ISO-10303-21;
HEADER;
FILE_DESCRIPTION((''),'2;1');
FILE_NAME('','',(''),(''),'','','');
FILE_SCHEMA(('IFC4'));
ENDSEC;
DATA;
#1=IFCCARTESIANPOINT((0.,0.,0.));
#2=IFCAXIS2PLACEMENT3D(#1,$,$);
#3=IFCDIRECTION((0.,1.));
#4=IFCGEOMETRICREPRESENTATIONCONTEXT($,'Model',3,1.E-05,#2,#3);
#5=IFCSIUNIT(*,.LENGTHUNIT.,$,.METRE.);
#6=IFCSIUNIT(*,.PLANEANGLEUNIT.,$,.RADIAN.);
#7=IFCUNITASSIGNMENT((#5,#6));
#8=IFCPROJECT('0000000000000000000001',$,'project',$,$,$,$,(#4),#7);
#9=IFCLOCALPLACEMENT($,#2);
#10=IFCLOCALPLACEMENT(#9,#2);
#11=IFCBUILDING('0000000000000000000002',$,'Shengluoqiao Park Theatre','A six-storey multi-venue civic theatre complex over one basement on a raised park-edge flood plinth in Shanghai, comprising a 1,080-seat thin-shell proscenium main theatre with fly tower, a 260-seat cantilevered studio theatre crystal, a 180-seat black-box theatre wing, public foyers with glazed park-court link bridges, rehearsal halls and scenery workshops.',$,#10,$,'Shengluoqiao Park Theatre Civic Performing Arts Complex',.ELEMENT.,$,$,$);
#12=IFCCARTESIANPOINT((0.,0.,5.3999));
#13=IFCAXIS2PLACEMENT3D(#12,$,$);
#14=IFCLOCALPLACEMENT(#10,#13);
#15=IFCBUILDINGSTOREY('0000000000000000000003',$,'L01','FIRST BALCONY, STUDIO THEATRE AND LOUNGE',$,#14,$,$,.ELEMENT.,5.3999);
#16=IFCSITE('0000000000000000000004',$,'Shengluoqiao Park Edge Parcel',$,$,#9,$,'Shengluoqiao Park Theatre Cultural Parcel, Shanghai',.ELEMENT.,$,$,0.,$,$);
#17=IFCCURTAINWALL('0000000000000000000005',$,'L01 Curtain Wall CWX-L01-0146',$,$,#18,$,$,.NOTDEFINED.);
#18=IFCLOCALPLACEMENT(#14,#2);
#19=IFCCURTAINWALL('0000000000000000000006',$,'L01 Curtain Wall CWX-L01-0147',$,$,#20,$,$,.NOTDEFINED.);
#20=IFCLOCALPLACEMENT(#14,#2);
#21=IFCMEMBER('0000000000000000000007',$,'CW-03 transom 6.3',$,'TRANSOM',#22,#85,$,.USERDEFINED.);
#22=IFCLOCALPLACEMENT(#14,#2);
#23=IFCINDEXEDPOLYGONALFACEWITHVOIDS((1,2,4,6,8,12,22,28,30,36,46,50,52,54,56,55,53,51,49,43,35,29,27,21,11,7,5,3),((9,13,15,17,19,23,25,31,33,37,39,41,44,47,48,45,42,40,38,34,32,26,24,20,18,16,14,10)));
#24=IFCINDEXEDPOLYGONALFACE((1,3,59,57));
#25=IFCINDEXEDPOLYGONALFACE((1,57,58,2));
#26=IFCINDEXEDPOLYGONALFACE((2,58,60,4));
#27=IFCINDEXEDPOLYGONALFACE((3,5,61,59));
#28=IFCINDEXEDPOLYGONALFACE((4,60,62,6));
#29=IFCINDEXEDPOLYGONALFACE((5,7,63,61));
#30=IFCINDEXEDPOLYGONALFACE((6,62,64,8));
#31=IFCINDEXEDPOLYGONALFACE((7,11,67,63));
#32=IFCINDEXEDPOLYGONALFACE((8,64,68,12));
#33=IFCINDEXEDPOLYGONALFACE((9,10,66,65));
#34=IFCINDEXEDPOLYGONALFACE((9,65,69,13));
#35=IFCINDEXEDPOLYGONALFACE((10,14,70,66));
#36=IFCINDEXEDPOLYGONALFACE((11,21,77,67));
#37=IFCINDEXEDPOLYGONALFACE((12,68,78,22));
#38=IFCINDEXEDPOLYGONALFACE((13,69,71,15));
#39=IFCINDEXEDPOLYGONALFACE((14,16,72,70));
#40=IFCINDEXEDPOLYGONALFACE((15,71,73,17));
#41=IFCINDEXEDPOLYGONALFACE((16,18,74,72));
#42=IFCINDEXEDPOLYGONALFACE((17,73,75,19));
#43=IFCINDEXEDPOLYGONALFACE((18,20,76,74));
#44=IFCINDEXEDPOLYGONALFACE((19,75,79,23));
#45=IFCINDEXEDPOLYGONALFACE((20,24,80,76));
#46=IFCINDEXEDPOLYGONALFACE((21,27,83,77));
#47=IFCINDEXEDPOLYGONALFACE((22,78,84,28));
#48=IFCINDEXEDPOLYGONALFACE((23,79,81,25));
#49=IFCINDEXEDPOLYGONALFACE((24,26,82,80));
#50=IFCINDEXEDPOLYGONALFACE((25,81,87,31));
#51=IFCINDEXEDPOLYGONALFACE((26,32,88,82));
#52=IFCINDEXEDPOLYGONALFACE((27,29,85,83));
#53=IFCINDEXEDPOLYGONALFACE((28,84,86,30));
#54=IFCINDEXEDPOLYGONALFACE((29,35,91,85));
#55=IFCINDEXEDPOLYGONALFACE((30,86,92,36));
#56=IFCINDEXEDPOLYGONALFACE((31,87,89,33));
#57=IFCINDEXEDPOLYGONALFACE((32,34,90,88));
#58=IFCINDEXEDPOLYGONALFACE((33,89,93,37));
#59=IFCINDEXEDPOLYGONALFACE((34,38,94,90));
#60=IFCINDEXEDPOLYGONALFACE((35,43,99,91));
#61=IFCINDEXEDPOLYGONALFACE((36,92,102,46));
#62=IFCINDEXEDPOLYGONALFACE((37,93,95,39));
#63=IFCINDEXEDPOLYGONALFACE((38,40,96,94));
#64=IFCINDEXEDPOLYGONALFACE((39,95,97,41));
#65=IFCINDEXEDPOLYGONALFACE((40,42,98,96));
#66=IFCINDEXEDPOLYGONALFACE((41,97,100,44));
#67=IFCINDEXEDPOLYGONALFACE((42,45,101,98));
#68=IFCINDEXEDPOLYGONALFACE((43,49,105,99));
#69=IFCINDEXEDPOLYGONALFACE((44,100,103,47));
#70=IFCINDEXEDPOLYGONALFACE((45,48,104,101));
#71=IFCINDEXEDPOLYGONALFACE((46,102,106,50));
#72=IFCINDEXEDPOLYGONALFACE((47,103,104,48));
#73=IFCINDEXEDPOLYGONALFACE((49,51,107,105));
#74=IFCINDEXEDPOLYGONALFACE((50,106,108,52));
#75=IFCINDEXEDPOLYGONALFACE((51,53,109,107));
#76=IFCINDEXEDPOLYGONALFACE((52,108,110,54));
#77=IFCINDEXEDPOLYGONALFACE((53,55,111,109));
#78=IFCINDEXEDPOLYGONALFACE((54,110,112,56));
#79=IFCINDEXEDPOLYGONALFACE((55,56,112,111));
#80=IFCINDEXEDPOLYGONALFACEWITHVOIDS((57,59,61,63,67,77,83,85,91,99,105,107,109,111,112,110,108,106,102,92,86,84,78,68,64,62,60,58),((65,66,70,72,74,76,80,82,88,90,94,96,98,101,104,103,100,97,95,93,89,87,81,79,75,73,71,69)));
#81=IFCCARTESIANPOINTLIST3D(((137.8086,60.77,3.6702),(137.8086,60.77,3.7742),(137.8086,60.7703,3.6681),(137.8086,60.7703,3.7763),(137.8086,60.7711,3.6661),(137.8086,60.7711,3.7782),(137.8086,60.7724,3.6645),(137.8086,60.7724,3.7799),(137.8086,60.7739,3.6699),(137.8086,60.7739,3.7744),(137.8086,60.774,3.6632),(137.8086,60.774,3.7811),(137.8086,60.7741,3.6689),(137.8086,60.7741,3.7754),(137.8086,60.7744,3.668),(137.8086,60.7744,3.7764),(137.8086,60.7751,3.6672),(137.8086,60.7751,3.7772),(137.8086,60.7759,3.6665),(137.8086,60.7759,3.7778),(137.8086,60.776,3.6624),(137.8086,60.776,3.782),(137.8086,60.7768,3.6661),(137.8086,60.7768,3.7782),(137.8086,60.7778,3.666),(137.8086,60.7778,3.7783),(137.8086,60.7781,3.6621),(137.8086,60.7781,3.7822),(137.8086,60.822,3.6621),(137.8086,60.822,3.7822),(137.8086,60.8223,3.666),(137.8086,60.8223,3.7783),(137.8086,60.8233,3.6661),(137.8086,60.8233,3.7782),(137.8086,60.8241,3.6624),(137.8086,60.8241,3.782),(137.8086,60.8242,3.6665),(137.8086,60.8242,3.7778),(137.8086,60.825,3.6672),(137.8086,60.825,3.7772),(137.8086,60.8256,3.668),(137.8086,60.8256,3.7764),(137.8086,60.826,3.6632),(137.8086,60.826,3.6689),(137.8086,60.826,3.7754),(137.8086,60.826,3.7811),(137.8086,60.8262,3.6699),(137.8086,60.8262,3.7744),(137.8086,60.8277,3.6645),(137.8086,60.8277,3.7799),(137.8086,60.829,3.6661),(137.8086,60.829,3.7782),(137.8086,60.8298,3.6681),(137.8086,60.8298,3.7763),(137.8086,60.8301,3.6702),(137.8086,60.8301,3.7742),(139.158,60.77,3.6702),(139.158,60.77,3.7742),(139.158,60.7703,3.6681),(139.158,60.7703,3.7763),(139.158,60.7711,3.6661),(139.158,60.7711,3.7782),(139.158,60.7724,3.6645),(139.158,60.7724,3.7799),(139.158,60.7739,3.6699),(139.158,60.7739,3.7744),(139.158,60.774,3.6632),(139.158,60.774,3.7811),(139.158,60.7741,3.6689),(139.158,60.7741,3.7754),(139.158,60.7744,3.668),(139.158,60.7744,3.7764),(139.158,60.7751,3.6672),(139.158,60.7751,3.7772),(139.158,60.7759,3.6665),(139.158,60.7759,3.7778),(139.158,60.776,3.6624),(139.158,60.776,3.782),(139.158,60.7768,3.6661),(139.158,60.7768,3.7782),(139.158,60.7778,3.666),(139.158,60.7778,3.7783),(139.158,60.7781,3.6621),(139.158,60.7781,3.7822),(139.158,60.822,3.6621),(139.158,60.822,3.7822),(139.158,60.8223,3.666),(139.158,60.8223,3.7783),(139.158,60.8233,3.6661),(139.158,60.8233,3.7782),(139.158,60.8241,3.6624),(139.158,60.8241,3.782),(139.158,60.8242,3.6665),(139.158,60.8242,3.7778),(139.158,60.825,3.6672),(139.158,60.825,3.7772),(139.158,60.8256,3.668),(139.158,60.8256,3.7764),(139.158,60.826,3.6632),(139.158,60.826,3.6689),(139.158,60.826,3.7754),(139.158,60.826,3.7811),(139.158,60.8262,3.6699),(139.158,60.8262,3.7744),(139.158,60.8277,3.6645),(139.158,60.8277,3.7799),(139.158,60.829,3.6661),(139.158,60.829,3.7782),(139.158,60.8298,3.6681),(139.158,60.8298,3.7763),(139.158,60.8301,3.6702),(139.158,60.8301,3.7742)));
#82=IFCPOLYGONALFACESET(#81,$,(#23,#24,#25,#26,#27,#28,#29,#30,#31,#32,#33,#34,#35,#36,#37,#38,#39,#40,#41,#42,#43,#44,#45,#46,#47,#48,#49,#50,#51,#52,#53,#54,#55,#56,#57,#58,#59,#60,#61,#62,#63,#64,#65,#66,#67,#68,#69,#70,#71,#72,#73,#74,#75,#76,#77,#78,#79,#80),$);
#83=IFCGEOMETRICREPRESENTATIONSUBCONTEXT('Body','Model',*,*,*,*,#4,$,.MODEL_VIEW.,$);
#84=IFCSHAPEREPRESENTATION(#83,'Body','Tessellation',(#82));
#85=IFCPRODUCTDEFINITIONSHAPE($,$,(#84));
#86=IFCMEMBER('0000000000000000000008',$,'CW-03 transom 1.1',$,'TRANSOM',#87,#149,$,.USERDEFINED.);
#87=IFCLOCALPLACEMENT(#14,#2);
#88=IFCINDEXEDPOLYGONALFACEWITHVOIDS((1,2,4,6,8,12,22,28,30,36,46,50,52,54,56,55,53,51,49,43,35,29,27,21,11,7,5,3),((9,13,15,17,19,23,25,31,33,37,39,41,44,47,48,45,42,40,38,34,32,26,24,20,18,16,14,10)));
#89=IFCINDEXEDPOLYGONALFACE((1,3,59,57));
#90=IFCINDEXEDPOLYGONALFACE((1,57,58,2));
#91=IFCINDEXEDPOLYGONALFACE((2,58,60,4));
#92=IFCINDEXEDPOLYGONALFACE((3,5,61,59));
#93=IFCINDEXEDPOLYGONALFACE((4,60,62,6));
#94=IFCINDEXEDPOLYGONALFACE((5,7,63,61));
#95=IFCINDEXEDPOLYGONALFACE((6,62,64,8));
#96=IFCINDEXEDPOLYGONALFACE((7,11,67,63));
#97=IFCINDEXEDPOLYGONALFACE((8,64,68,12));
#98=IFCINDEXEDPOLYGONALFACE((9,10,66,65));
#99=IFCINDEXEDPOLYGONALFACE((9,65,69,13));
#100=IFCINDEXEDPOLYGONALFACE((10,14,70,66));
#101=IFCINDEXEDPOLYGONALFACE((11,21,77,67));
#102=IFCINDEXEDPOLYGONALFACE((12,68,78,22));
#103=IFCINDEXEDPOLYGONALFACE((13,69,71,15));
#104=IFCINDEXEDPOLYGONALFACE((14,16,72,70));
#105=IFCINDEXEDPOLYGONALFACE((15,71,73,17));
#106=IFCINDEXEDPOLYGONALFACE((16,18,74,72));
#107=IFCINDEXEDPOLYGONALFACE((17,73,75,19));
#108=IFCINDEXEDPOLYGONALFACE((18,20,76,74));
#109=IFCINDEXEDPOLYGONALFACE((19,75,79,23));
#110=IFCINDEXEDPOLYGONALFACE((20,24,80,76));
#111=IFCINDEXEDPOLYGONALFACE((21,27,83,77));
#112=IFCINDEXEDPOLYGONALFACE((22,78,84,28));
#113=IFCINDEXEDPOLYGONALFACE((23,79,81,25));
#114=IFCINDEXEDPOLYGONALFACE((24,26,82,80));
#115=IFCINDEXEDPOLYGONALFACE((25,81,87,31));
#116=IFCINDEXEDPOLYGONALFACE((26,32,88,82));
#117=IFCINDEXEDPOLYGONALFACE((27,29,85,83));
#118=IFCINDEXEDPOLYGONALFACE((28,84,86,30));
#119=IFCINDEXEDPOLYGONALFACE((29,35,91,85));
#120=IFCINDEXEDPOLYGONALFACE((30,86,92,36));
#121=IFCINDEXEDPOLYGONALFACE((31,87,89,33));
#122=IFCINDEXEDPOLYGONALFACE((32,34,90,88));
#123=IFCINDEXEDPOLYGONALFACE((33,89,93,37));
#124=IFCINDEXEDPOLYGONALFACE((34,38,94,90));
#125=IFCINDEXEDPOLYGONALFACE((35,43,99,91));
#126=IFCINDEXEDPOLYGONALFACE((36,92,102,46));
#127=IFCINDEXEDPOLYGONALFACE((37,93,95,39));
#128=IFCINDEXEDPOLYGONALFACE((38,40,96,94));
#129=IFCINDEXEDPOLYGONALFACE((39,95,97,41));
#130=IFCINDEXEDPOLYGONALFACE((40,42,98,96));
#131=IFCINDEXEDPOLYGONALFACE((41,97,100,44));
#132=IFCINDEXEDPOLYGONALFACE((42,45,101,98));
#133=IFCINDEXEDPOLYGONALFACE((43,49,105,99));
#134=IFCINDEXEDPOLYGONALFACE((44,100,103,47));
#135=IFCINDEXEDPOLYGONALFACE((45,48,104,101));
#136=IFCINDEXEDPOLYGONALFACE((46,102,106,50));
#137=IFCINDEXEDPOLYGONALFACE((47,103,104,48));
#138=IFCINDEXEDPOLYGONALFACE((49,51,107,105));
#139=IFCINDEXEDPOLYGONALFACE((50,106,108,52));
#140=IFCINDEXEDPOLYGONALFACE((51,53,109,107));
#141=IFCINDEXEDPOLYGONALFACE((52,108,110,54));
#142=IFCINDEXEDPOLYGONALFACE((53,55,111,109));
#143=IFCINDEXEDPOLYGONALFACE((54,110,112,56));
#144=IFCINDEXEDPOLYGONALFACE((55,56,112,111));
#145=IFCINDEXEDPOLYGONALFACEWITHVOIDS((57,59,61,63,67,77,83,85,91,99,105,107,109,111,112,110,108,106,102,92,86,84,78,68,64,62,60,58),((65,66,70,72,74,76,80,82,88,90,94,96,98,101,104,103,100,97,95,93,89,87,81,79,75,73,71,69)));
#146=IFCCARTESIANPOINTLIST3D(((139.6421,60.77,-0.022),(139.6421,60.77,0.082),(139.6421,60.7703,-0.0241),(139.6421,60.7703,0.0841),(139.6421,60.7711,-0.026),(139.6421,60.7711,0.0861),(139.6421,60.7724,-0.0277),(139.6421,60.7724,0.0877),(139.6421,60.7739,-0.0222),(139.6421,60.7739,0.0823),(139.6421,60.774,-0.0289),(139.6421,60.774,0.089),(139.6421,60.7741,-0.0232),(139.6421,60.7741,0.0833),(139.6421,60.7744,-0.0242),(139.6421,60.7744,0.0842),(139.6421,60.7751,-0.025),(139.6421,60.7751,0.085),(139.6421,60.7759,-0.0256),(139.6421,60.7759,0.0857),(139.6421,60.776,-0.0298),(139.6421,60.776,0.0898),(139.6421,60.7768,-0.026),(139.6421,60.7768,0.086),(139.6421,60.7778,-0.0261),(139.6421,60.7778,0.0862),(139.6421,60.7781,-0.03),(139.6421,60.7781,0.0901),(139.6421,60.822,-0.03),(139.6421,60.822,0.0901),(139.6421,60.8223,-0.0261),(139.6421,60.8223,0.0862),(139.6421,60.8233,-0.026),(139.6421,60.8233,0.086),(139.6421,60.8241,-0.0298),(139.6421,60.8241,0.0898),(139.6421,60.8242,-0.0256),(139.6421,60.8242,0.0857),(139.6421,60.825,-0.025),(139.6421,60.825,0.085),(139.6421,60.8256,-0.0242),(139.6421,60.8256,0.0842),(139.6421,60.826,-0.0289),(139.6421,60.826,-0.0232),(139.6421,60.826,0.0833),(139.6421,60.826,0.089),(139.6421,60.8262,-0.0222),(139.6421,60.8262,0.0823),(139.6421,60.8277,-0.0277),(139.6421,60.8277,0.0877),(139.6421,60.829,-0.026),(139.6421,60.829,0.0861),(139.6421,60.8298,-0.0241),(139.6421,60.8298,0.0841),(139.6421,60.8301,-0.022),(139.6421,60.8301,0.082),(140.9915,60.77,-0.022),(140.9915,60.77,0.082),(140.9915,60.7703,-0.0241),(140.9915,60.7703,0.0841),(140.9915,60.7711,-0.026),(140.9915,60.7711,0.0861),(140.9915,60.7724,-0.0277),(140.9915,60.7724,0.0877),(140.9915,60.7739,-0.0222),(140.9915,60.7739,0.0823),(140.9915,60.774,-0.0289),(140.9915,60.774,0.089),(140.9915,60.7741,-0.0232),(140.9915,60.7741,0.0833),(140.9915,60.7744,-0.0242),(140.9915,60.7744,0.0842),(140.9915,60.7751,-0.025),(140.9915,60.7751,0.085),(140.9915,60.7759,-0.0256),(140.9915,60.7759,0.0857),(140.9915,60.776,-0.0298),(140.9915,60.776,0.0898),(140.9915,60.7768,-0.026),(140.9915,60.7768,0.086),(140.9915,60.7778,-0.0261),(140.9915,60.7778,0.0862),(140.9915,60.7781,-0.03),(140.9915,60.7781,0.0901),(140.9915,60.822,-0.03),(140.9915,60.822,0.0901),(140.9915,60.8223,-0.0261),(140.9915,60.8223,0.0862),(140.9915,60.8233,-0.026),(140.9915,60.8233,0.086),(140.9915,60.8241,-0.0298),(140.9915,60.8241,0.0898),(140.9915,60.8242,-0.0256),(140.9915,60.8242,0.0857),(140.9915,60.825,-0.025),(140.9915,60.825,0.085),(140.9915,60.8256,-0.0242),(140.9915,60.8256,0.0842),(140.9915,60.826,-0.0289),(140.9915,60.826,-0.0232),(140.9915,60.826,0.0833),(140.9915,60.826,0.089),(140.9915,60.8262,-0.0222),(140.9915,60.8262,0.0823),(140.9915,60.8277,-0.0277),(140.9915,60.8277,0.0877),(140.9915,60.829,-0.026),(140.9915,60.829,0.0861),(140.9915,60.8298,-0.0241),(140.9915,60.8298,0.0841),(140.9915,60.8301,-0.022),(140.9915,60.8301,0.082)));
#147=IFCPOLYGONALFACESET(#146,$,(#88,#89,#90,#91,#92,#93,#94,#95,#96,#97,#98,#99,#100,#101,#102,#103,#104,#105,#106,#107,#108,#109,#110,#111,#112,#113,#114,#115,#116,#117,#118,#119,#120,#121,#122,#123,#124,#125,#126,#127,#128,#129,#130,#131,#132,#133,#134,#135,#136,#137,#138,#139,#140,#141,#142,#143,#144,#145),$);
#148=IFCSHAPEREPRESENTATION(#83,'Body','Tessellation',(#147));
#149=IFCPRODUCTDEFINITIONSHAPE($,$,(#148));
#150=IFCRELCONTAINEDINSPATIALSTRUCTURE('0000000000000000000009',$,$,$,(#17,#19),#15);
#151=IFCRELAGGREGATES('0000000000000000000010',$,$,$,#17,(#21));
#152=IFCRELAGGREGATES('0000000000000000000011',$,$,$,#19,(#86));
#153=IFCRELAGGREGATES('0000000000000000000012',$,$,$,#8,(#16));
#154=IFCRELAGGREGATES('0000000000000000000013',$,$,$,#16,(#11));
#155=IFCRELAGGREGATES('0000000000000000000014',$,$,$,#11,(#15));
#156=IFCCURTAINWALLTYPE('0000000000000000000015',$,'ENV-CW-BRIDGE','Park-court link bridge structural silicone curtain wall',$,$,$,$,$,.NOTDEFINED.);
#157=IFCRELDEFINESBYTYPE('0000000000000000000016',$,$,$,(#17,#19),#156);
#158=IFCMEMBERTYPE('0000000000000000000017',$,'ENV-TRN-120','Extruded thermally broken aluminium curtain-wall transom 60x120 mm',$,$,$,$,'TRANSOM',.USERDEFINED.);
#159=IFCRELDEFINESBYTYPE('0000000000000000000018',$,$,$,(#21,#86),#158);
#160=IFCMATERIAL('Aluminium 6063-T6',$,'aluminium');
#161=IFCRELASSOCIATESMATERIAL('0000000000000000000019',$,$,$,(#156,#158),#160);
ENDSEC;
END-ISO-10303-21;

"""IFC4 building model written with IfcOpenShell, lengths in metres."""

from ifc_helpers import new_model, si_unit, direction, frame, origin, origin_2d, place, context, subcontext, project, spatial, hollow_rectangle, extrude, material, material_profile, profile_set, type_object, element, aggregate, save


model = new_model("IFC4")

# Units and contexts
model_context = context("Model", 3, precision=1e-05, world=origin(), true_north=direction((0.0, 1.0)))
body_context = subcontext(model_context, "Body", "Model", "MODEL_VIEW")
ifc_project = project(units=[si_unit("LENGTHUNIT", "METRE"), si_unit("PLANEANGLEUNIT", "RADIAN")], contexts=[model_context])

# Site, building, storey
site_placement = place(None, origin())
site = spatial("IfcSite", under=ifc_project, at=site_placement, Name="Shengluoqiao Park Edge Parcel", LongName="Shengluoqiao Park Theatre Cultural Parcel, Shanghai", CompositionType="ELEMENT", RefElevation=0.0)
building_placement = place(site_placement, origin())
building = spatial("IfcBuilding", under=site, at=building_placement, Name="Shengluoqiao Park Theatre", Description="A six-storey multi-venue civic theatre complex over one basement on a raised park-edge flood plinth in Shanghai, comprising a 1,080-seat thin-shell proscenium main theatre with fly tower, a 260-seat cantilevered studio theatre crystal, a 180-seat black-box theatre wing, public foyers with glazed park-court link bridges, rehearsal halls and scenery workshops.", LongName="Shengluoqiao Park Theatre Civic Performing Arts Complex", CompositionType="ELEMENT")
storey_placement = place(building_placement, frame((0.0, 0.0, 5.3999)))
storey = spatial("IfcBuildingStorey", under=building, at=storey_placement, Name="L01", Description="FIRST BALCONY, STUDIO THEATRE AND LOUNGE", CompositionType="ELEMENT", Elevation=5.3999)

# Curtain walls
ifc_material_1 = material(Name="Aluminium 6063-T6", Category="aluminium")
curtain_wall_type = type_object("IfcCurtainWallType", Name="ENV-CW-BRIDGE", Description="Park-court link bridge structural silicone curtain wall", PredefinedType="NOTDEFINED", material=ifc_material_1)
curtain_wall_1_placement = place(storey_placement, origin())
curtain_wall_1 = element("IfcCurtainWall", 1, at=curtain_wall_1_placement, inside=storey, type_object=curtain_wall_type, Name="L01 Curtain Wall CWX-L01-0146", PredefinedType="NOTDEFINED")
curtain_wall_2_placement = place(storey_placement, origin())
curtain_wall_2 = element("IfcCurtainWall", 2, at=curtain_wall_2_placement, inside=storey, type_object=curtain_wall_type, Name="L01 Curtain Wall CWX-L01-0147", PredefinedType="NOTDEFINED")

# Members
ifc_material_profile_1 = material_profile(ifc_material_1, hollow_rectangle(XDim=0.0601, YDim=0.1201, WallThickness=0.0039, InnerFilletRadius=0.0039, OuterFilletRadius=0.0081, at=origin_2d()), Name="ALU TRANSOM 120x60x4")
ifc_profile_set_1 = profile_set([ifc_material_profile_1], Name="Aluminium 6063-T6")
member_type_1 = type_object("IfcMemberType", Name="ENV-TRN-120", Description="Extruded thermally broken aluminium curtain-wall transom 60x120 mm", ElementType="TRANSOM", PredefinedType="USERDEFINED", material=ifc_profile_set_1)
member_1_placement = place(storey_placement, frame((137.8086, 60.8, 3.7222), z_axis=(1.0, 0.0, 0.0), x_axis=(0.0, 1.0, 0.0)))
member_1 = element("IfcMember", 3, at=member_1_placement, type_object=member_type_1, Name="CW-03 transom 6.3", ObjectType="TRANSOM", PredefinedType="USERDEFINED", context=body_context, shape_type="SweptSolid", body=[
    extrude(hollow_rectangle(XDim=0.0601, YDim=0.1201, WallThickness=0.0039, InnerFilletRadius=0.0039, OuterFilletRadius=0.0081, at=origin_2d()), origin(), (0.0, 0.0, 1.0), 1.3494),
])
member_2_placement = place(storey_placement, frame((139.6421, 60.8, 0.03), z_axis=(1.0, 0.0, 0.0), x_axis=(0.0, 1.0, 0.0)))
member_2 = element("IfcMember", 4, at=member_2_placement, type_object=member_type_1, Name="CW-03 transom 1.1", ObjectType="TRANSOM", PredefinedType="USERDEFINED", context=body_context, shape_type="SweptSolid", body=[
    extrude(hollow_rectangle(XDim=0.0601, YDim=0.1201, WallThickness=0.0039, InnerFilletRadius=0.0039, OuterFilletRadius=0.0081, at=origin_2d()), origin(), (0.0, 0.0, 1.0), 1.3494),
])

aggregate(curtain_wall_1, [member_1])
aggregate(curtain_wall_2, [member_2])

save(model, "model.ifc")
